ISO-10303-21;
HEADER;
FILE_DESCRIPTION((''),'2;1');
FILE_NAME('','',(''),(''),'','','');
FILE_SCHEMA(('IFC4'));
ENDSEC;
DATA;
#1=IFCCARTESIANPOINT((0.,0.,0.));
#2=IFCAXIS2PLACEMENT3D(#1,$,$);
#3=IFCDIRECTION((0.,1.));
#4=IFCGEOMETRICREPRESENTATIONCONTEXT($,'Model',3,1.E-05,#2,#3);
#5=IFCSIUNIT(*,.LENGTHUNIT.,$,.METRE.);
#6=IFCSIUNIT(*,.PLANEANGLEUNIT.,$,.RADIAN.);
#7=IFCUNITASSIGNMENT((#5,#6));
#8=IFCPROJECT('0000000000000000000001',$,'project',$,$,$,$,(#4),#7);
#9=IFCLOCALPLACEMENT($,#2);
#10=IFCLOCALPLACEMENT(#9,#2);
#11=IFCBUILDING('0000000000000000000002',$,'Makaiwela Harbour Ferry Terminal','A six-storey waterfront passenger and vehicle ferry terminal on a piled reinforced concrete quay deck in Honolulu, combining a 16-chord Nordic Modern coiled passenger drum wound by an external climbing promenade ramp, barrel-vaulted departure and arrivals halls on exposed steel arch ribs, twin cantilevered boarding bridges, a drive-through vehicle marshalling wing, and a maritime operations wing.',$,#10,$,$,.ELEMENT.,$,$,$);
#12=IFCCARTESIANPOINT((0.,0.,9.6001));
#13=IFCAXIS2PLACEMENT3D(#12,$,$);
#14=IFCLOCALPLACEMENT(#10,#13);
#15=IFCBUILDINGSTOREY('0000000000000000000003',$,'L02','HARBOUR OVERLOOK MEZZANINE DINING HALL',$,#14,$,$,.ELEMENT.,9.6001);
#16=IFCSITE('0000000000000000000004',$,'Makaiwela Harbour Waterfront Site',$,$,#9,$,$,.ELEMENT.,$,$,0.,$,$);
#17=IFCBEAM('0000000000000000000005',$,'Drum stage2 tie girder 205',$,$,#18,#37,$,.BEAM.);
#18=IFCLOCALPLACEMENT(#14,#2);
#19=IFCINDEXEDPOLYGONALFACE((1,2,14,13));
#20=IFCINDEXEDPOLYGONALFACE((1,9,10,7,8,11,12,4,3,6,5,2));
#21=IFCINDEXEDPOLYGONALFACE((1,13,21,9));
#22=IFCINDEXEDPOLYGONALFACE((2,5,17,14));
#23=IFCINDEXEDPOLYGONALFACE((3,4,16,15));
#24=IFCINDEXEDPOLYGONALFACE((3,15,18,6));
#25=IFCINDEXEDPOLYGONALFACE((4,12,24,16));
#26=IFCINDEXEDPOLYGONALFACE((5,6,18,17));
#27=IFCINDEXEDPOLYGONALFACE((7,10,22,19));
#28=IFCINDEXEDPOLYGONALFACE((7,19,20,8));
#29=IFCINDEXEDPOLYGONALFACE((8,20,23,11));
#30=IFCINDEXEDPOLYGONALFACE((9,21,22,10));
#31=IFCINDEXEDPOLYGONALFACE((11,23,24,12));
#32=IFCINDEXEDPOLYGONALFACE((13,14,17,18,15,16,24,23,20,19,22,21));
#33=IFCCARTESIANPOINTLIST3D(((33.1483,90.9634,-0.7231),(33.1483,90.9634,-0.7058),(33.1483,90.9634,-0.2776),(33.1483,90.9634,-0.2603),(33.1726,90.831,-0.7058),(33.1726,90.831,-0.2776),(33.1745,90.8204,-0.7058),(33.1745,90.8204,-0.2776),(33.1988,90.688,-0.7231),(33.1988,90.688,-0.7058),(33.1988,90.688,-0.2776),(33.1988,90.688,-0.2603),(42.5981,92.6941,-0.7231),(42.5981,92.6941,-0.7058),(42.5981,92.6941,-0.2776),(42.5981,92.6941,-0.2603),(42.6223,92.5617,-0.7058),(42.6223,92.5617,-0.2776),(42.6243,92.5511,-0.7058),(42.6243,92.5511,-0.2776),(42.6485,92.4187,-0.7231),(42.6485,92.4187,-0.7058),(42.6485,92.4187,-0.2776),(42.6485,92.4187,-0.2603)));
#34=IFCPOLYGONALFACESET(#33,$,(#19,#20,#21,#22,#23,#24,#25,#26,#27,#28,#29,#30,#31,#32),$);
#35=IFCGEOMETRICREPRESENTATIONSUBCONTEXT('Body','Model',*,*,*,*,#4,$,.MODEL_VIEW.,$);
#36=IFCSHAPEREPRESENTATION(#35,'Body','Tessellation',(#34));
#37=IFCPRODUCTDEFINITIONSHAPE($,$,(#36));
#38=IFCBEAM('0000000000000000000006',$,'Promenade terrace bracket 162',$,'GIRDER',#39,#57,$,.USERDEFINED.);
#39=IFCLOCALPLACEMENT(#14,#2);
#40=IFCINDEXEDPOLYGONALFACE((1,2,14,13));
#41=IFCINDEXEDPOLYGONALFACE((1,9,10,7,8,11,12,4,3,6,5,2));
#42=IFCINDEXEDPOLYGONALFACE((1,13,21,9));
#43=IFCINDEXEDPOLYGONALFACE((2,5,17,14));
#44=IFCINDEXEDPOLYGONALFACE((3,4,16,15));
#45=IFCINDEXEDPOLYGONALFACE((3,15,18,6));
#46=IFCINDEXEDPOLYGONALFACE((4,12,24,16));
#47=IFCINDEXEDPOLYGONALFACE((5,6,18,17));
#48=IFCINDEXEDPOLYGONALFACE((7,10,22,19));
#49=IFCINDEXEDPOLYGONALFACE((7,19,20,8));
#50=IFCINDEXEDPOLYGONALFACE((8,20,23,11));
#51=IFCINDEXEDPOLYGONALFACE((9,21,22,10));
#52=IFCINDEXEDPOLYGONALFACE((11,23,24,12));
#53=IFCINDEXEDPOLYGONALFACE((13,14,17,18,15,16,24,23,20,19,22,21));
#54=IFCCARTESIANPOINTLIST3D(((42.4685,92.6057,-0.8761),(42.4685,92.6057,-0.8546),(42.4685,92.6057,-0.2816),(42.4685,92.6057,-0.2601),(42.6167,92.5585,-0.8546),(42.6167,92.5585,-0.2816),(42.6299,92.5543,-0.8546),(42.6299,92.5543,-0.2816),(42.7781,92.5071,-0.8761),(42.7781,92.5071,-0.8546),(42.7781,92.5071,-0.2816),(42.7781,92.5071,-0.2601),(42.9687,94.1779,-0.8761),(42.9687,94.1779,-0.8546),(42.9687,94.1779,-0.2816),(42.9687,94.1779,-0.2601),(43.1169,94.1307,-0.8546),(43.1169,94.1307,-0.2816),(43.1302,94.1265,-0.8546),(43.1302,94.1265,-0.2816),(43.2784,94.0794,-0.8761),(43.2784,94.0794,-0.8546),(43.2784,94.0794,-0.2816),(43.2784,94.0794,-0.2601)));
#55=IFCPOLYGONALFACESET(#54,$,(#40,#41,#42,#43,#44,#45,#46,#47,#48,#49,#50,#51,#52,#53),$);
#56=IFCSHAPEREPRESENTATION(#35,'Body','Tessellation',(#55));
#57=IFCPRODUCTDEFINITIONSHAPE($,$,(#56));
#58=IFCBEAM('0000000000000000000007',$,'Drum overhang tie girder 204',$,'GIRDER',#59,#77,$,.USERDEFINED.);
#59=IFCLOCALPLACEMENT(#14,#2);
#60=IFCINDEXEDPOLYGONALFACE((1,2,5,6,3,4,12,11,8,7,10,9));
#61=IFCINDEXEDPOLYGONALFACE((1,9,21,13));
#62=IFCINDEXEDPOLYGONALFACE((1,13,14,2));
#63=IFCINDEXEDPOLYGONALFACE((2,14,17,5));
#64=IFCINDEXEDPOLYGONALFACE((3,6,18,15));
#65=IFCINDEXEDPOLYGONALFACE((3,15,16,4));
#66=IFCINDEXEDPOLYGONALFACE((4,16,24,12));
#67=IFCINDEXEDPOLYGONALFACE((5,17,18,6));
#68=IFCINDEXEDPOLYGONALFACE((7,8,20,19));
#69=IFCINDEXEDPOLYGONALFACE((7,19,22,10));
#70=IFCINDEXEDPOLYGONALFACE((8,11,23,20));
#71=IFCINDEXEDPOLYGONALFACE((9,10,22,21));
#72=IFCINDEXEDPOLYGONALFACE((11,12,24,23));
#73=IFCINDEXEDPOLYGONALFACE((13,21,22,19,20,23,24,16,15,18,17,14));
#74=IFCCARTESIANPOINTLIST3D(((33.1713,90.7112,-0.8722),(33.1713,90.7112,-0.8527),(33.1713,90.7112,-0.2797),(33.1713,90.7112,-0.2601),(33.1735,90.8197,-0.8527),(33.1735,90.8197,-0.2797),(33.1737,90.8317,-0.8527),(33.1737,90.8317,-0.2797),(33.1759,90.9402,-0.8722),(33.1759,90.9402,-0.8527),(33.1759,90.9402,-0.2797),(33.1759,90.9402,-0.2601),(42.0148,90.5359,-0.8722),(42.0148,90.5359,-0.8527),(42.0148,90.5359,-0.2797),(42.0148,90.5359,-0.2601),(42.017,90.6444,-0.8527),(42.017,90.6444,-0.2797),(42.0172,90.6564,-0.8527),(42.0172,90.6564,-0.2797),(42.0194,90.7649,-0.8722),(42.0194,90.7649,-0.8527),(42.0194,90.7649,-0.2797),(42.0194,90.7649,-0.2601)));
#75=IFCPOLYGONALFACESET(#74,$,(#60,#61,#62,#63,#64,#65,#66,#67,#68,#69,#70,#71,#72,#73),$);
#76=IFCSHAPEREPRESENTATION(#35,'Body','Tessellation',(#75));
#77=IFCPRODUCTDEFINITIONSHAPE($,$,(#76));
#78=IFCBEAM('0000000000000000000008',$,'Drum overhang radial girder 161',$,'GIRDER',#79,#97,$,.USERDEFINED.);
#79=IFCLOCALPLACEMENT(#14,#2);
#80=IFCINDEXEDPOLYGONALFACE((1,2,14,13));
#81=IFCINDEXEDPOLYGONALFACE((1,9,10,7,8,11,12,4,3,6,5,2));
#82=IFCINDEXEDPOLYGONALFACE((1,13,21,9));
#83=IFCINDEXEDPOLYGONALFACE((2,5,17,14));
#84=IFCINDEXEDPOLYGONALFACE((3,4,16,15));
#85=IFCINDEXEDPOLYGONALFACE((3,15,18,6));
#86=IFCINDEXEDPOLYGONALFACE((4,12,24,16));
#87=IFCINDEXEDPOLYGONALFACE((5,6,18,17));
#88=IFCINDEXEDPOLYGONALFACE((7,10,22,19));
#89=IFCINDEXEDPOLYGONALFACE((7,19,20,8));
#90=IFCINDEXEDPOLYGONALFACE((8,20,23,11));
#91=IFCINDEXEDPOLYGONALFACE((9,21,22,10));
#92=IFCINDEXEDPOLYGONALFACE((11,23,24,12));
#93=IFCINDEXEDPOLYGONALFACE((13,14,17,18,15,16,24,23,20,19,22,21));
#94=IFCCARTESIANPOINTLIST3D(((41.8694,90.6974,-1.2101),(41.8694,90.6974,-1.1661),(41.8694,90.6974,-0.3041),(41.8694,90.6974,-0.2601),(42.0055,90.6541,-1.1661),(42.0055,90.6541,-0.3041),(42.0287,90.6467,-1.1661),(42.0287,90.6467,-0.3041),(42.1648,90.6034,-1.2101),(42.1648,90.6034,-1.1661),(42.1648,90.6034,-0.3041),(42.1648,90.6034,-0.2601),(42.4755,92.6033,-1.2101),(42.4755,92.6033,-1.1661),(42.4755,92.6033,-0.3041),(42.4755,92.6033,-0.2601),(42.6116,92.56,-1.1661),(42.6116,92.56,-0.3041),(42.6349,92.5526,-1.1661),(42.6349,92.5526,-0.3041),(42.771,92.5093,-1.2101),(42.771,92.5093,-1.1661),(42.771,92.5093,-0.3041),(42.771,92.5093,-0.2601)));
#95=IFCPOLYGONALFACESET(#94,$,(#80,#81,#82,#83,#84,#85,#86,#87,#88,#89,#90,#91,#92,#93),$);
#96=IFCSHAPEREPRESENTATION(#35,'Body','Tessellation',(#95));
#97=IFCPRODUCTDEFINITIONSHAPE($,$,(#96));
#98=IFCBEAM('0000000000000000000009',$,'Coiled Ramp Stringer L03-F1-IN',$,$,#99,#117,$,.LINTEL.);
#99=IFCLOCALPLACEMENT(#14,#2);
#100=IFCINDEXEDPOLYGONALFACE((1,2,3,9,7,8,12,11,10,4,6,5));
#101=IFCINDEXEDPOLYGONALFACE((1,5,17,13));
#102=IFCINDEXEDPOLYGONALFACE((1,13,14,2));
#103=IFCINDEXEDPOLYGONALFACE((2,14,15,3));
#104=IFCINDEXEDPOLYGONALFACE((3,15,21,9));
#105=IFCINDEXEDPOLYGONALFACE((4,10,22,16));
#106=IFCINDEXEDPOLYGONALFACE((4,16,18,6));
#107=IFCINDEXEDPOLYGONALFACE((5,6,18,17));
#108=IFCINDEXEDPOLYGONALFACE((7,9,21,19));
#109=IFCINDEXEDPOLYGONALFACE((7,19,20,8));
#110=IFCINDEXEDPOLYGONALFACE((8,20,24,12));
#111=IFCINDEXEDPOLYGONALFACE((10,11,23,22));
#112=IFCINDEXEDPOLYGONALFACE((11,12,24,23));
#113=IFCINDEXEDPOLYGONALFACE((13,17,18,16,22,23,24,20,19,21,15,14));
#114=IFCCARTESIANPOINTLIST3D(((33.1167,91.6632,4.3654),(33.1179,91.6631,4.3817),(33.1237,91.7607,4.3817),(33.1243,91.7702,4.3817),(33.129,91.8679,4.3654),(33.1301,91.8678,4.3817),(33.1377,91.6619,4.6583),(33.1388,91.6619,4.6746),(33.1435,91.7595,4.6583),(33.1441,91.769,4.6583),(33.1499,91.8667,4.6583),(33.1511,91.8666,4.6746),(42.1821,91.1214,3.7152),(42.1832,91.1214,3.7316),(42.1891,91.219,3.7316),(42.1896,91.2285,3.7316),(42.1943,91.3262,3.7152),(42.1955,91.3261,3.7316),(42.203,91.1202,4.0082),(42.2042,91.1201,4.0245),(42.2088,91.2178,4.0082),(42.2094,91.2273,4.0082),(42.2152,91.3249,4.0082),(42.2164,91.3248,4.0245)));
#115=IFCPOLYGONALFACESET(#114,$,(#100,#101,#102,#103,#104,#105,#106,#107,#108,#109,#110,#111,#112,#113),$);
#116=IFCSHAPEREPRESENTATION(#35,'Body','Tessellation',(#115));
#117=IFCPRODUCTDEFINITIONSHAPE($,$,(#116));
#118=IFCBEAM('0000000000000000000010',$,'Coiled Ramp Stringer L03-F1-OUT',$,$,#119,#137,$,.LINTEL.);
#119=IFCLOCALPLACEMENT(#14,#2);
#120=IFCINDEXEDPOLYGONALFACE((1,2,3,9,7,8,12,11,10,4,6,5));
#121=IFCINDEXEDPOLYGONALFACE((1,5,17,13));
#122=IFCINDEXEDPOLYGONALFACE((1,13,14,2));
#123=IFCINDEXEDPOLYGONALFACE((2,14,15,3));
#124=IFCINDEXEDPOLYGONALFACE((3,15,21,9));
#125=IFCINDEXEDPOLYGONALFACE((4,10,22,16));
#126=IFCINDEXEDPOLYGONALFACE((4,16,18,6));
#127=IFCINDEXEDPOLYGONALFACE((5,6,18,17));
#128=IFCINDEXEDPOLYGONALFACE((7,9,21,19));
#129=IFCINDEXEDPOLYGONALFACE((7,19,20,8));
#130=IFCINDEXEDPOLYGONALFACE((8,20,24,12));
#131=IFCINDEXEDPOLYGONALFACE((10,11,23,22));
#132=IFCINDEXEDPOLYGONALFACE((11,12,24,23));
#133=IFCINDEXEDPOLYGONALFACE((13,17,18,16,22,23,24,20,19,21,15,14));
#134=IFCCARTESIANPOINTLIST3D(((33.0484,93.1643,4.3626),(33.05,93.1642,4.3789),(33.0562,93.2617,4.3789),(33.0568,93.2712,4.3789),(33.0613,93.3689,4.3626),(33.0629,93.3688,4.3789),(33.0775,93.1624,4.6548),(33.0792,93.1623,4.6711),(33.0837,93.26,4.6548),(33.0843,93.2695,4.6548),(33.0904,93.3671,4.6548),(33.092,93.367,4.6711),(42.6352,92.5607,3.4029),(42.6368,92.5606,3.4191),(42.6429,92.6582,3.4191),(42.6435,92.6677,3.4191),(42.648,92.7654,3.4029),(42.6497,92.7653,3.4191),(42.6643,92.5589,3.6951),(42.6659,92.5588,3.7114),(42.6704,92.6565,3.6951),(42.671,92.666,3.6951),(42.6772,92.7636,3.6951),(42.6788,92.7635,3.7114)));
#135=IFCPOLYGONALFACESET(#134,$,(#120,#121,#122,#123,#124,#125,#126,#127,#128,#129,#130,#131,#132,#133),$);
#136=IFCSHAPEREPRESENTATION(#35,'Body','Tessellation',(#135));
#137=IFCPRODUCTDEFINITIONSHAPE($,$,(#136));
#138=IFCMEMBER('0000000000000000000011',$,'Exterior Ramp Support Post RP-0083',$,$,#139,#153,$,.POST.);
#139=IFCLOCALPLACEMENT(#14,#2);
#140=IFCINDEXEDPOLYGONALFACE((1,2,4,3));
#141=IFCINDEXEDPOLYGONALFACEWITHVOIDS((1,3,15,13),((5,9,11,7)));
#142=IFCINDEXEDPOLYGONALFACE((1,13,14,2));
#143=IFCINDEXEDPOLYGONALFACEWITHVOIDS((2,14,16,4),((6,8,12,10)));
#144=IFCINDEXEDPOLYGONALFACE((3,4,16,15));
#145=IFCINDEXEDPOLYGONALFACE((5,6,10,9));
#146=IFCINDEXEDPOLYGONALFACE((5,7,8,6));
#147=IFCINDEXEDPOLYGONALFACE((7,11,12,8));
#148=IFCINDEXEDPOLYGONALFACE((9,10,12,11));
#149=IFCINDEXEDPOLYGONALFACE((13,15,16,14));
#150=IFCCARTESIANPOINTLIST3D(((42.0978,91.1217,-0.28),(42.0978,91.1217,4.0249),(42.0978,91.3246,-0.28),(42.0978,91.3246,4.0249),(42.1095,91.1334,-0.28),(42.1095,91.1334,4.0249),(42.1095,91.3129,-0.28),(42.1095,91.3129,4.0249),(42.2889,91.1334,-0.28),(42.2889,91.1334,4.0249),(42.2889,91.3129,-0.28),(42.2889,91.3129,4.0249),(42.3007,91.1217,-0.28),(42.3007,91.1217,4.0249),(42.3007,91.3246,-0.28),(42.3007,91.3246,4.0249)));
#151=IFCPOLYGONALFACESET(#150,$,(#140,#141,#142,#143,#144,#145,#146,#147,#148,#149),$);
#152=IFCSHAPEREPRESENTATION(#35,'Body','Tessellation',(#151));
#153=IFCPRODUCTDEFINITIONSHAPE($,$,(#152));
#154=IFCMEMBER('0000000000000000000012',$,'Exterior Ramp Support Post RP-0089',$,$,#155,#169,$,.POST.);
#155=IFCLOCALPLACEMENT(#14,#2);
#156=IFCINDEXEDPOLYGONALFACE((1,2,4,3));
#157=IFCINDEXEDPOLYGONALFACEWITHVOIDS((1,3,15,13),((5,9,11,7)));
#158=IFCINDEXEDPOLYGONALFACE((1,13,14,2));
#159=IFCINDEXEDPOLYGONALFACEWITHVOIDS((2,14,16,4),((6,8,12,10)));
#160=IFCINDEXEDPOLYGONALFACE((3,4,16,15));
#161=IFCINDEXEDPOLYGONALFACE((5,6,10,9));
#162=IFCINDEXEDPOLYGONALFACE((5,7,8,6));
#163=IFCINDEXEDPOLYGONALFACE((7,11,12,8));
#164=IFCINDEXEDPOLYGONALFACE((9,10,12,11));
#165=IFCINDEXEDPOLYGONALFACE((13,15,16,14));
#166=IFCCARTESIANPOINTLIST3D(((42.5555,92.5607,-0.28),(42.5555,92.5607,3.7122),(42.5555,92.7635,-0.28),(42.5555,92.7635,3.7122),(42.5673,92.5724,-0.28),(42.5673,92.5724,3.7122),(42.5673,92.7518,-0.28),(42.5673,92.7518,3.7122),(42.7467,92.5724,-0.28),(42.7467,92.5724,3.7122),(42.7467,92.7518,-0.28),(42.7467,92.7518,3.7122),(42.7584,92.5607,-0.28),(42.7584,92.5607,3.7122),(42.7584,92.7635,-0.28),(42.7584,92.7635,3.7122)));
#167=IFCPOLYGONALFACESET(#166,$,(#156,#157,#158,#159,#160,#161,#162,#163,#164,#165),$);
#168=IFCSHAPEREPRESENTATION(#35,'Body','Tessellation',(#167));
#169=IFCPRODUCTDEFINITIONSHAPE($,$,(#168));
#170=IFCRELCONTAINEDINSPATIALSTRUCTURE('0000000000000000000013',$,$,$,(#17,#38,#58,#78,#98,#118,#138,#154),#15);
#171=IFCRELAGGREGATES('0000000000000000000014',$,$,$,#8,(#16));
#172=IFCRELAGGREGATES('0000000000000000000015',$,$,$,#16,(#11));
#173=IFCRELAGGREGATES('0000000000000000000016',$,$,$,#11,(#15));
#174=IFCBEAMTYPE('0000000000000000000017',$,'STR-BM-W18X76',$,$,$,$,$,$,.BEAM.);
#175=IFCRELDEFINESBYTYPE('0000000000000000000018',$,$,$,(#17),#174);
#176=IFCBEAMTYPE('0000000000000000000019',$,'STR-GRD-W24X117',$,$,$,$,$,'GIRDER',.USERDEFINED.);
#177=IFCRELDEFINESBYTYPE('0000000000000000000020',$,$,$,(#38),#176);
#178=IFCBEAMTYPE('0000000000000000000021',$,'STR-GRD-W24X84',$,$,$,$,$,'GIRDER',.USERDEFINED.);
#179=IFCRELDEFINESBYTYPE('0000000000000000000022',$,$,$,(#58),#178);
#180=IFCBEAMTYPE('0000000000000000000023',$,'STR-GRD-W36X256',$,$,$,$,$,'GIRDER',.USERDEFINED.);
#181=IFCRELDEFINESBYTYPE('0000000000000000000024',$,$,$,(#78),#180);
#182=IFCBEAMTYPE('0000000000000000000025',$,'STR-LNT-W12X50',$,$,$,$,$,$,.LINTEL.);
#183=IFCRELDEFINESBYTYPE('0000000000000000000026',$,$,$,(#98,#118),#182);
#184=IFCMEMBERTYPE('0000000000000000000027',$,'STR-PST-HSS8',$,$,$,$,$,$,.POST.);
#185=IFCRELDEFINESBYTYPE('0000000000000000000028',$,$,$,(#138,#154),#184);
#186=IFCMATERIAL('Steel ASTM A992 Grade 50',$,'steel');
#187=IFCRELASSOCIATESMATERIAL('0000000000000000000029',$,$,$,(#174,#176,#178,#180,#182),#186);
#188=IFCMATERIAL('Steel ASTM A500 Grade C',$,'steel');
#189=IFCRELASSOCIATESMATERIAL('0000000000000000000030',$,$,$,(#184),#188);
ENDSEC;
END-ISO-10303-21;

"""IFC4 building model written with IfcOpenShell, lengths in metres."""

from ifc_helpers import new_model, si_unit, direction, frame, origin, origin_2d, place, context, subcontext, project, spatial, hollow_rectangle, i_section, extrude, material, material_profile, profile_set, type_object, element, save


model = new_model("IFC4")

# Units and contexts
model_context = context("Model", 3, precision=1e-05, world=origin(), true_north=direction((0.0, 1.0)))
body_context = subcontext(model_context, "Body", "Model", "MODEL_VIEW")
ifc_project = project(units=[si_unit("LENGTHUNIT", "METRE"), si_unit("PLANEANGLEUNIT", "RADIAN")], contexts=[model_context])

# Site, building, storey
site_placement = place(None, origin())
site = spatial("IfcSite", under=ifc_project, at=site_placement, Name="Makaiwela Harbour Waterfront Site", CompositionType="ELEMENT", RefElevation=0.0)
building_placement = place(site_placement, origin())
building = spatial("IfcBuilding", under=site, at=building_placement, Name="Makaiwela Harbour Ferry Terminal", Description="A six-storey waterfront passenger and vehicle ferry terminal on a piled reinforced concrete quay deck in Honolulu, combining a 16-chord Nordic Modern coiled passenger drum wound by an external climbing promenade ramp, barrel-vaulted departure and arrivals halls on exposed steel arch ribs, twin cantilevered boarding bridges, a drive-through vehicle marshalling wing, and a maritime operations wing.", CompositionType="ELEMENT")
storey_placement = place(building_placement, frame((0.0, 0.0, 9.6001)))
storey = spatial("IfcBuildingStorey", under=building, at=storey_placement, Name="L02", Description="HARBOUR OVERLOOK MEZZANINE DINING HALL", CompositionType="ELEMENT", Elevation=9.6001)

# Beams
ifc_material_1 = material(Name="Steel ASTM A992 Grade 50", Category="steel")
ifc_material_profile_1 = material_profile(ifc_material_1, i_section(OverallWidth=0.28, OverallDepth=0.4629, WebThickness=0.0107, FlangeThickness=0.0173, at=origin_2d()), Name="W18X76")
ifc_profile_set_1 = profile_set([ifc_material_profile_1], Name="Steel ASTM A992 Grade 50")
beam_type_1 = type_object("IfcBeamType", Name="STR-BM-W18X76", PredefinedType="BEAM", material=ifc_profile_set_1)
beam_1_placement = place(storey_placement, frame((42.6233, 92.5564, -0.4917), z_axis=(-0.983639, -0.180153, 0.0), x_axis=(0.180153, -0.983639, 0.0)))
element("IfcBeam", 1, at=beam_1_placement, inside=storey, type_object=beam_type_1, Name="Drum stage2 tie girder 205", PredefinedType="BEAM", context=body_context, shape_type="SweptSolid", body=[
    extrude(i_section(OverallWidth=0.28, OverallDepth=0.4629, WebThickness=0.0107, FlangeThickness=0.0173, at=origin_2d()), origin(), (0.0, 0.0, 1.0), 9.6069),
])
ifc_material_profile_2 = material_profile(ifc_material_1, i_section(OverallWidth=0.325, OverallDepth=0.616, WebThickness=0.0139, FlangeThickness=0.0215, at=origin_2d()), Name="W24X117")
ifc_profile_set_2 = profile_set([ifc_material_profile_2], Name="Steel ASTM A992 Grade 50")
beam_type_2 = type_object("IfcBeamType", Name="STR-GRD-W24X117", ElementType="GIRDER", PredefinedType="USERDEFINED", material=ifc_profile_set_2)
beam_2_placement = place(storey_placement, frame((42.6233, 92.5564, -0.5681), z_axis=(0.303191, 0.95293, 0.0), x_axis=(-0.95293, 0.303191, 0.0)))
element("IfcBeam", 2, at=beam_2_placement, inside=storey, type_object=beam_type_2, Name="Promenade terrace bracket 162", ObjectType="GIRDER", PredefinedType="USERDEFINED", context=body_context, shape_type="SweptSolid", body=[
    extrude(i_section(OverallWidth=0.325, OverallDepth=0.616, WebThickness=0.0139, FlangeThickness=0.0215, at=origin_2d()), origin(), (0.0, 0.0, 1.0), 1.6499),
])
ifc_material_profile_3 = material_profile(ifc_material_1, i_section(OverallWidth=0.229, OverallDepth=0.6121, WebThickness=0.012, FlangeThickness=0.0195, at=origin_2d()), Name="W24X84")
ifc_profile_set_3 = profile_set([ifc_material_profile_3], Name="Steel ASTM A992 Grade 50")
beam_type_3 = type_object("IfcBeamType", Name="STR-GRD-W24X84", ElementType="GIRDER", PredefinedType="USERDEFINED", material=ifc_profile_set_3)
beam_3_placement = place(storey_placement, frame((42.0171, 90.6504, -0.5662), z_axis=(-0.999804, 0.019818, 0.0), x_axis=(-0.019818, -0.999804, 0.0)))
element("IfcBeam", 3, at=beam_3_placement, inside=storey, type_object=beam_type_3, Name="Drum overhang tie girder 204", ObjectType="GIRDER", PredefinedType="USERDEFINED", context=body_context, shape_type="SweptSolid", body=[
    extrude(i_section(OverallWidth=0.229, OverallDepth=0.6121, WebThickness=0.012, FlangeThickness=0.0195, at=origin_2d()), origin(), (0.0, 0.0, 1.0), 8.8452),
])
ifc_material_profile_4 = material_profile(ifc_material_1, i_section(OverallWidth=0.3101, OverallDepth=0.95, WebThickness=0.0244, FlangeThickness=0.0439, at=origin_2d()), Name="W36X256")
ifc_profile_set_4 = profile_set([ifc_material_profile_4], Name="Steel ASTM A992 Grade 50")
beam_type_4 = type_object("IfcBeamType", Name="STR-GRD-W36X256", ElementType="GIRDER", PredefinedType="USERDEFINED", material=ifc_profile_set_4)
beam_4_placement = place(storey_placement, frame((42.0171, 90.6504, -0.7351), z_axis=(0.303088, 0.952963, 0.0), x_axis=(-0.952963, 0.303088, 0.0)))
element("IfcBeam", 4, at=beam_4_placement, inside=storey, type_object=beam_type_4, Name="Drum overhang radial girder 161", ObjectType="GIRDER", PredefinedType="USERDEFINED", context=body_context, shape_type="SweptSolid", body=[
    extrude(i_section(OverallWidth=0.3101, OverallDepth=0.95, WebThickness=0.0244, FlangeThickness=0.0439, at=origin_2d()), origin(), (0.0, 0.0, 1.0), 2.0),
])
ifc_material_profile_5 = material_profile(ifc_material_1, i_section(OverallWidth=0.2051, OverallDepth=0.3101, WebThickness=0.0095, FlangeThickness=0.0164, at=origin_2d()), Name="W12X50")
ifc_profile_set_5 = profile_set([ifc_material_profile_5], Name="Steel ASTM A992 Grade 50")
beam_type_5 = type_object("IfcBeamType", Name="STR-LNT-W12X50", PredefinedType="LINTEL", material=ifc_profile_set_5)
beam_5_placement = place(storey_placement, frame((42.1992, 91.2231, 3.8699), z_axis=(-0.995671, 0.059501, 0.071407), x_axis=(-0.059653, -0.998219, 0.0)))
element("IfcBeam", 5, at=beam_5_placement, inside=storey, type_object=beam_type_5, Name="Coiled Ramp Stringer L03-F1-IN", PredefinedType="LINTEL", context=body_context, shape_type="SweptSolid", body=[
    extrude(i_section(OverallWidth=0.2051, OverallDepth=0.3101, WebThickness=0.0095, FlangeThickness=0.0164, at=origin_2d()), origin(), (0.0, 0.0, 1.0), 9.1047),
])
beam_6_placement = place(storey_placement, frame((42.657, 92.6621, 3.5571), z_axis=(-0.99308, 0.062518, 0.099417), x_axis=(-0.062829, -0.998024, 0.0)))
element("IfcBeam", 6, at=beam_6_placement, inside=storey, type_object=beam_type_5, Name="Coiled Ramp Stringer L03-F1-OUT", PredefinedType="LINTEL", context=body_context, shape_type="SweptSolid", body=[
    extrude(i_section(OverallWidth=0.2051, OverallDepth=0.3101, WebThickness=0.0095, FlangeThickness=0.0164, at=origin_2d()), origin(), (0.0, 0.0, 1.0), 9.6536),
])

# Members
ifc_material_2 = material(Name="Steel ASTM A500 Grade C", Category="steel")
ifc_material_profile_6 = material_profile(ifc_material_2, hollow_rectangle(XDim=0.2029, YDim=0.2029, WallThickness=0.0117, at=origin_2d()), Name="HSS8X8X1/2")
ifc_profile_set_6 = profile_set([ifc_material_profile_6], Name="Steel ASTM A500 Grade C")
member_type = type_object("IfcMemberType", Name="STR-PST-HSS8", PredefinedType="POST", material=ifc_profile_set_6)
member_1_placement = place(storey_placement, frame((42.1992, 91.2231, -0.28), z_axis=(0.0, 0.0, 1.0), x_axis=(1.0, 0.0, 0.0)))
element("IfcMember", 7, at=member_1_placement, inside=storey, type_object=member_type, Name="Exterior Ramp Support Post RP-0083", PredefinedType="POST", context=body_context, shape_type="SweptSolid", body=[
    extrude(hollow_rectangle(XDim=0.2029, YDim=0.2029, WallThickness=0.0117, at=origin_2d()), origin(), (0.0, 0.0, 1.0), 4.3049),
])
member_2_placement = place(storey_placement, frame((42.657, 92.6621, -0.28), z_axis=(0.0, 0.0, 1.0), x_axis=(1.0, 0.0, 0.0)))
element("IfcMember", 8, at=member_2_placement, inside=storey, type_object=member_type, Name="Exterior Ramp Support Post RP-0089", PredefinedType="POST", context=body_context, shape_type="SweptSolid", body=[
    extrude(hollow_rectangle(XDim=0.2029, YDim=0.2029, WallThickness=0.0117, at=origin_2d()), origin(), (0.0, 0.0, 1.0), 3.9922),
])

save(model, "model.ifc")
